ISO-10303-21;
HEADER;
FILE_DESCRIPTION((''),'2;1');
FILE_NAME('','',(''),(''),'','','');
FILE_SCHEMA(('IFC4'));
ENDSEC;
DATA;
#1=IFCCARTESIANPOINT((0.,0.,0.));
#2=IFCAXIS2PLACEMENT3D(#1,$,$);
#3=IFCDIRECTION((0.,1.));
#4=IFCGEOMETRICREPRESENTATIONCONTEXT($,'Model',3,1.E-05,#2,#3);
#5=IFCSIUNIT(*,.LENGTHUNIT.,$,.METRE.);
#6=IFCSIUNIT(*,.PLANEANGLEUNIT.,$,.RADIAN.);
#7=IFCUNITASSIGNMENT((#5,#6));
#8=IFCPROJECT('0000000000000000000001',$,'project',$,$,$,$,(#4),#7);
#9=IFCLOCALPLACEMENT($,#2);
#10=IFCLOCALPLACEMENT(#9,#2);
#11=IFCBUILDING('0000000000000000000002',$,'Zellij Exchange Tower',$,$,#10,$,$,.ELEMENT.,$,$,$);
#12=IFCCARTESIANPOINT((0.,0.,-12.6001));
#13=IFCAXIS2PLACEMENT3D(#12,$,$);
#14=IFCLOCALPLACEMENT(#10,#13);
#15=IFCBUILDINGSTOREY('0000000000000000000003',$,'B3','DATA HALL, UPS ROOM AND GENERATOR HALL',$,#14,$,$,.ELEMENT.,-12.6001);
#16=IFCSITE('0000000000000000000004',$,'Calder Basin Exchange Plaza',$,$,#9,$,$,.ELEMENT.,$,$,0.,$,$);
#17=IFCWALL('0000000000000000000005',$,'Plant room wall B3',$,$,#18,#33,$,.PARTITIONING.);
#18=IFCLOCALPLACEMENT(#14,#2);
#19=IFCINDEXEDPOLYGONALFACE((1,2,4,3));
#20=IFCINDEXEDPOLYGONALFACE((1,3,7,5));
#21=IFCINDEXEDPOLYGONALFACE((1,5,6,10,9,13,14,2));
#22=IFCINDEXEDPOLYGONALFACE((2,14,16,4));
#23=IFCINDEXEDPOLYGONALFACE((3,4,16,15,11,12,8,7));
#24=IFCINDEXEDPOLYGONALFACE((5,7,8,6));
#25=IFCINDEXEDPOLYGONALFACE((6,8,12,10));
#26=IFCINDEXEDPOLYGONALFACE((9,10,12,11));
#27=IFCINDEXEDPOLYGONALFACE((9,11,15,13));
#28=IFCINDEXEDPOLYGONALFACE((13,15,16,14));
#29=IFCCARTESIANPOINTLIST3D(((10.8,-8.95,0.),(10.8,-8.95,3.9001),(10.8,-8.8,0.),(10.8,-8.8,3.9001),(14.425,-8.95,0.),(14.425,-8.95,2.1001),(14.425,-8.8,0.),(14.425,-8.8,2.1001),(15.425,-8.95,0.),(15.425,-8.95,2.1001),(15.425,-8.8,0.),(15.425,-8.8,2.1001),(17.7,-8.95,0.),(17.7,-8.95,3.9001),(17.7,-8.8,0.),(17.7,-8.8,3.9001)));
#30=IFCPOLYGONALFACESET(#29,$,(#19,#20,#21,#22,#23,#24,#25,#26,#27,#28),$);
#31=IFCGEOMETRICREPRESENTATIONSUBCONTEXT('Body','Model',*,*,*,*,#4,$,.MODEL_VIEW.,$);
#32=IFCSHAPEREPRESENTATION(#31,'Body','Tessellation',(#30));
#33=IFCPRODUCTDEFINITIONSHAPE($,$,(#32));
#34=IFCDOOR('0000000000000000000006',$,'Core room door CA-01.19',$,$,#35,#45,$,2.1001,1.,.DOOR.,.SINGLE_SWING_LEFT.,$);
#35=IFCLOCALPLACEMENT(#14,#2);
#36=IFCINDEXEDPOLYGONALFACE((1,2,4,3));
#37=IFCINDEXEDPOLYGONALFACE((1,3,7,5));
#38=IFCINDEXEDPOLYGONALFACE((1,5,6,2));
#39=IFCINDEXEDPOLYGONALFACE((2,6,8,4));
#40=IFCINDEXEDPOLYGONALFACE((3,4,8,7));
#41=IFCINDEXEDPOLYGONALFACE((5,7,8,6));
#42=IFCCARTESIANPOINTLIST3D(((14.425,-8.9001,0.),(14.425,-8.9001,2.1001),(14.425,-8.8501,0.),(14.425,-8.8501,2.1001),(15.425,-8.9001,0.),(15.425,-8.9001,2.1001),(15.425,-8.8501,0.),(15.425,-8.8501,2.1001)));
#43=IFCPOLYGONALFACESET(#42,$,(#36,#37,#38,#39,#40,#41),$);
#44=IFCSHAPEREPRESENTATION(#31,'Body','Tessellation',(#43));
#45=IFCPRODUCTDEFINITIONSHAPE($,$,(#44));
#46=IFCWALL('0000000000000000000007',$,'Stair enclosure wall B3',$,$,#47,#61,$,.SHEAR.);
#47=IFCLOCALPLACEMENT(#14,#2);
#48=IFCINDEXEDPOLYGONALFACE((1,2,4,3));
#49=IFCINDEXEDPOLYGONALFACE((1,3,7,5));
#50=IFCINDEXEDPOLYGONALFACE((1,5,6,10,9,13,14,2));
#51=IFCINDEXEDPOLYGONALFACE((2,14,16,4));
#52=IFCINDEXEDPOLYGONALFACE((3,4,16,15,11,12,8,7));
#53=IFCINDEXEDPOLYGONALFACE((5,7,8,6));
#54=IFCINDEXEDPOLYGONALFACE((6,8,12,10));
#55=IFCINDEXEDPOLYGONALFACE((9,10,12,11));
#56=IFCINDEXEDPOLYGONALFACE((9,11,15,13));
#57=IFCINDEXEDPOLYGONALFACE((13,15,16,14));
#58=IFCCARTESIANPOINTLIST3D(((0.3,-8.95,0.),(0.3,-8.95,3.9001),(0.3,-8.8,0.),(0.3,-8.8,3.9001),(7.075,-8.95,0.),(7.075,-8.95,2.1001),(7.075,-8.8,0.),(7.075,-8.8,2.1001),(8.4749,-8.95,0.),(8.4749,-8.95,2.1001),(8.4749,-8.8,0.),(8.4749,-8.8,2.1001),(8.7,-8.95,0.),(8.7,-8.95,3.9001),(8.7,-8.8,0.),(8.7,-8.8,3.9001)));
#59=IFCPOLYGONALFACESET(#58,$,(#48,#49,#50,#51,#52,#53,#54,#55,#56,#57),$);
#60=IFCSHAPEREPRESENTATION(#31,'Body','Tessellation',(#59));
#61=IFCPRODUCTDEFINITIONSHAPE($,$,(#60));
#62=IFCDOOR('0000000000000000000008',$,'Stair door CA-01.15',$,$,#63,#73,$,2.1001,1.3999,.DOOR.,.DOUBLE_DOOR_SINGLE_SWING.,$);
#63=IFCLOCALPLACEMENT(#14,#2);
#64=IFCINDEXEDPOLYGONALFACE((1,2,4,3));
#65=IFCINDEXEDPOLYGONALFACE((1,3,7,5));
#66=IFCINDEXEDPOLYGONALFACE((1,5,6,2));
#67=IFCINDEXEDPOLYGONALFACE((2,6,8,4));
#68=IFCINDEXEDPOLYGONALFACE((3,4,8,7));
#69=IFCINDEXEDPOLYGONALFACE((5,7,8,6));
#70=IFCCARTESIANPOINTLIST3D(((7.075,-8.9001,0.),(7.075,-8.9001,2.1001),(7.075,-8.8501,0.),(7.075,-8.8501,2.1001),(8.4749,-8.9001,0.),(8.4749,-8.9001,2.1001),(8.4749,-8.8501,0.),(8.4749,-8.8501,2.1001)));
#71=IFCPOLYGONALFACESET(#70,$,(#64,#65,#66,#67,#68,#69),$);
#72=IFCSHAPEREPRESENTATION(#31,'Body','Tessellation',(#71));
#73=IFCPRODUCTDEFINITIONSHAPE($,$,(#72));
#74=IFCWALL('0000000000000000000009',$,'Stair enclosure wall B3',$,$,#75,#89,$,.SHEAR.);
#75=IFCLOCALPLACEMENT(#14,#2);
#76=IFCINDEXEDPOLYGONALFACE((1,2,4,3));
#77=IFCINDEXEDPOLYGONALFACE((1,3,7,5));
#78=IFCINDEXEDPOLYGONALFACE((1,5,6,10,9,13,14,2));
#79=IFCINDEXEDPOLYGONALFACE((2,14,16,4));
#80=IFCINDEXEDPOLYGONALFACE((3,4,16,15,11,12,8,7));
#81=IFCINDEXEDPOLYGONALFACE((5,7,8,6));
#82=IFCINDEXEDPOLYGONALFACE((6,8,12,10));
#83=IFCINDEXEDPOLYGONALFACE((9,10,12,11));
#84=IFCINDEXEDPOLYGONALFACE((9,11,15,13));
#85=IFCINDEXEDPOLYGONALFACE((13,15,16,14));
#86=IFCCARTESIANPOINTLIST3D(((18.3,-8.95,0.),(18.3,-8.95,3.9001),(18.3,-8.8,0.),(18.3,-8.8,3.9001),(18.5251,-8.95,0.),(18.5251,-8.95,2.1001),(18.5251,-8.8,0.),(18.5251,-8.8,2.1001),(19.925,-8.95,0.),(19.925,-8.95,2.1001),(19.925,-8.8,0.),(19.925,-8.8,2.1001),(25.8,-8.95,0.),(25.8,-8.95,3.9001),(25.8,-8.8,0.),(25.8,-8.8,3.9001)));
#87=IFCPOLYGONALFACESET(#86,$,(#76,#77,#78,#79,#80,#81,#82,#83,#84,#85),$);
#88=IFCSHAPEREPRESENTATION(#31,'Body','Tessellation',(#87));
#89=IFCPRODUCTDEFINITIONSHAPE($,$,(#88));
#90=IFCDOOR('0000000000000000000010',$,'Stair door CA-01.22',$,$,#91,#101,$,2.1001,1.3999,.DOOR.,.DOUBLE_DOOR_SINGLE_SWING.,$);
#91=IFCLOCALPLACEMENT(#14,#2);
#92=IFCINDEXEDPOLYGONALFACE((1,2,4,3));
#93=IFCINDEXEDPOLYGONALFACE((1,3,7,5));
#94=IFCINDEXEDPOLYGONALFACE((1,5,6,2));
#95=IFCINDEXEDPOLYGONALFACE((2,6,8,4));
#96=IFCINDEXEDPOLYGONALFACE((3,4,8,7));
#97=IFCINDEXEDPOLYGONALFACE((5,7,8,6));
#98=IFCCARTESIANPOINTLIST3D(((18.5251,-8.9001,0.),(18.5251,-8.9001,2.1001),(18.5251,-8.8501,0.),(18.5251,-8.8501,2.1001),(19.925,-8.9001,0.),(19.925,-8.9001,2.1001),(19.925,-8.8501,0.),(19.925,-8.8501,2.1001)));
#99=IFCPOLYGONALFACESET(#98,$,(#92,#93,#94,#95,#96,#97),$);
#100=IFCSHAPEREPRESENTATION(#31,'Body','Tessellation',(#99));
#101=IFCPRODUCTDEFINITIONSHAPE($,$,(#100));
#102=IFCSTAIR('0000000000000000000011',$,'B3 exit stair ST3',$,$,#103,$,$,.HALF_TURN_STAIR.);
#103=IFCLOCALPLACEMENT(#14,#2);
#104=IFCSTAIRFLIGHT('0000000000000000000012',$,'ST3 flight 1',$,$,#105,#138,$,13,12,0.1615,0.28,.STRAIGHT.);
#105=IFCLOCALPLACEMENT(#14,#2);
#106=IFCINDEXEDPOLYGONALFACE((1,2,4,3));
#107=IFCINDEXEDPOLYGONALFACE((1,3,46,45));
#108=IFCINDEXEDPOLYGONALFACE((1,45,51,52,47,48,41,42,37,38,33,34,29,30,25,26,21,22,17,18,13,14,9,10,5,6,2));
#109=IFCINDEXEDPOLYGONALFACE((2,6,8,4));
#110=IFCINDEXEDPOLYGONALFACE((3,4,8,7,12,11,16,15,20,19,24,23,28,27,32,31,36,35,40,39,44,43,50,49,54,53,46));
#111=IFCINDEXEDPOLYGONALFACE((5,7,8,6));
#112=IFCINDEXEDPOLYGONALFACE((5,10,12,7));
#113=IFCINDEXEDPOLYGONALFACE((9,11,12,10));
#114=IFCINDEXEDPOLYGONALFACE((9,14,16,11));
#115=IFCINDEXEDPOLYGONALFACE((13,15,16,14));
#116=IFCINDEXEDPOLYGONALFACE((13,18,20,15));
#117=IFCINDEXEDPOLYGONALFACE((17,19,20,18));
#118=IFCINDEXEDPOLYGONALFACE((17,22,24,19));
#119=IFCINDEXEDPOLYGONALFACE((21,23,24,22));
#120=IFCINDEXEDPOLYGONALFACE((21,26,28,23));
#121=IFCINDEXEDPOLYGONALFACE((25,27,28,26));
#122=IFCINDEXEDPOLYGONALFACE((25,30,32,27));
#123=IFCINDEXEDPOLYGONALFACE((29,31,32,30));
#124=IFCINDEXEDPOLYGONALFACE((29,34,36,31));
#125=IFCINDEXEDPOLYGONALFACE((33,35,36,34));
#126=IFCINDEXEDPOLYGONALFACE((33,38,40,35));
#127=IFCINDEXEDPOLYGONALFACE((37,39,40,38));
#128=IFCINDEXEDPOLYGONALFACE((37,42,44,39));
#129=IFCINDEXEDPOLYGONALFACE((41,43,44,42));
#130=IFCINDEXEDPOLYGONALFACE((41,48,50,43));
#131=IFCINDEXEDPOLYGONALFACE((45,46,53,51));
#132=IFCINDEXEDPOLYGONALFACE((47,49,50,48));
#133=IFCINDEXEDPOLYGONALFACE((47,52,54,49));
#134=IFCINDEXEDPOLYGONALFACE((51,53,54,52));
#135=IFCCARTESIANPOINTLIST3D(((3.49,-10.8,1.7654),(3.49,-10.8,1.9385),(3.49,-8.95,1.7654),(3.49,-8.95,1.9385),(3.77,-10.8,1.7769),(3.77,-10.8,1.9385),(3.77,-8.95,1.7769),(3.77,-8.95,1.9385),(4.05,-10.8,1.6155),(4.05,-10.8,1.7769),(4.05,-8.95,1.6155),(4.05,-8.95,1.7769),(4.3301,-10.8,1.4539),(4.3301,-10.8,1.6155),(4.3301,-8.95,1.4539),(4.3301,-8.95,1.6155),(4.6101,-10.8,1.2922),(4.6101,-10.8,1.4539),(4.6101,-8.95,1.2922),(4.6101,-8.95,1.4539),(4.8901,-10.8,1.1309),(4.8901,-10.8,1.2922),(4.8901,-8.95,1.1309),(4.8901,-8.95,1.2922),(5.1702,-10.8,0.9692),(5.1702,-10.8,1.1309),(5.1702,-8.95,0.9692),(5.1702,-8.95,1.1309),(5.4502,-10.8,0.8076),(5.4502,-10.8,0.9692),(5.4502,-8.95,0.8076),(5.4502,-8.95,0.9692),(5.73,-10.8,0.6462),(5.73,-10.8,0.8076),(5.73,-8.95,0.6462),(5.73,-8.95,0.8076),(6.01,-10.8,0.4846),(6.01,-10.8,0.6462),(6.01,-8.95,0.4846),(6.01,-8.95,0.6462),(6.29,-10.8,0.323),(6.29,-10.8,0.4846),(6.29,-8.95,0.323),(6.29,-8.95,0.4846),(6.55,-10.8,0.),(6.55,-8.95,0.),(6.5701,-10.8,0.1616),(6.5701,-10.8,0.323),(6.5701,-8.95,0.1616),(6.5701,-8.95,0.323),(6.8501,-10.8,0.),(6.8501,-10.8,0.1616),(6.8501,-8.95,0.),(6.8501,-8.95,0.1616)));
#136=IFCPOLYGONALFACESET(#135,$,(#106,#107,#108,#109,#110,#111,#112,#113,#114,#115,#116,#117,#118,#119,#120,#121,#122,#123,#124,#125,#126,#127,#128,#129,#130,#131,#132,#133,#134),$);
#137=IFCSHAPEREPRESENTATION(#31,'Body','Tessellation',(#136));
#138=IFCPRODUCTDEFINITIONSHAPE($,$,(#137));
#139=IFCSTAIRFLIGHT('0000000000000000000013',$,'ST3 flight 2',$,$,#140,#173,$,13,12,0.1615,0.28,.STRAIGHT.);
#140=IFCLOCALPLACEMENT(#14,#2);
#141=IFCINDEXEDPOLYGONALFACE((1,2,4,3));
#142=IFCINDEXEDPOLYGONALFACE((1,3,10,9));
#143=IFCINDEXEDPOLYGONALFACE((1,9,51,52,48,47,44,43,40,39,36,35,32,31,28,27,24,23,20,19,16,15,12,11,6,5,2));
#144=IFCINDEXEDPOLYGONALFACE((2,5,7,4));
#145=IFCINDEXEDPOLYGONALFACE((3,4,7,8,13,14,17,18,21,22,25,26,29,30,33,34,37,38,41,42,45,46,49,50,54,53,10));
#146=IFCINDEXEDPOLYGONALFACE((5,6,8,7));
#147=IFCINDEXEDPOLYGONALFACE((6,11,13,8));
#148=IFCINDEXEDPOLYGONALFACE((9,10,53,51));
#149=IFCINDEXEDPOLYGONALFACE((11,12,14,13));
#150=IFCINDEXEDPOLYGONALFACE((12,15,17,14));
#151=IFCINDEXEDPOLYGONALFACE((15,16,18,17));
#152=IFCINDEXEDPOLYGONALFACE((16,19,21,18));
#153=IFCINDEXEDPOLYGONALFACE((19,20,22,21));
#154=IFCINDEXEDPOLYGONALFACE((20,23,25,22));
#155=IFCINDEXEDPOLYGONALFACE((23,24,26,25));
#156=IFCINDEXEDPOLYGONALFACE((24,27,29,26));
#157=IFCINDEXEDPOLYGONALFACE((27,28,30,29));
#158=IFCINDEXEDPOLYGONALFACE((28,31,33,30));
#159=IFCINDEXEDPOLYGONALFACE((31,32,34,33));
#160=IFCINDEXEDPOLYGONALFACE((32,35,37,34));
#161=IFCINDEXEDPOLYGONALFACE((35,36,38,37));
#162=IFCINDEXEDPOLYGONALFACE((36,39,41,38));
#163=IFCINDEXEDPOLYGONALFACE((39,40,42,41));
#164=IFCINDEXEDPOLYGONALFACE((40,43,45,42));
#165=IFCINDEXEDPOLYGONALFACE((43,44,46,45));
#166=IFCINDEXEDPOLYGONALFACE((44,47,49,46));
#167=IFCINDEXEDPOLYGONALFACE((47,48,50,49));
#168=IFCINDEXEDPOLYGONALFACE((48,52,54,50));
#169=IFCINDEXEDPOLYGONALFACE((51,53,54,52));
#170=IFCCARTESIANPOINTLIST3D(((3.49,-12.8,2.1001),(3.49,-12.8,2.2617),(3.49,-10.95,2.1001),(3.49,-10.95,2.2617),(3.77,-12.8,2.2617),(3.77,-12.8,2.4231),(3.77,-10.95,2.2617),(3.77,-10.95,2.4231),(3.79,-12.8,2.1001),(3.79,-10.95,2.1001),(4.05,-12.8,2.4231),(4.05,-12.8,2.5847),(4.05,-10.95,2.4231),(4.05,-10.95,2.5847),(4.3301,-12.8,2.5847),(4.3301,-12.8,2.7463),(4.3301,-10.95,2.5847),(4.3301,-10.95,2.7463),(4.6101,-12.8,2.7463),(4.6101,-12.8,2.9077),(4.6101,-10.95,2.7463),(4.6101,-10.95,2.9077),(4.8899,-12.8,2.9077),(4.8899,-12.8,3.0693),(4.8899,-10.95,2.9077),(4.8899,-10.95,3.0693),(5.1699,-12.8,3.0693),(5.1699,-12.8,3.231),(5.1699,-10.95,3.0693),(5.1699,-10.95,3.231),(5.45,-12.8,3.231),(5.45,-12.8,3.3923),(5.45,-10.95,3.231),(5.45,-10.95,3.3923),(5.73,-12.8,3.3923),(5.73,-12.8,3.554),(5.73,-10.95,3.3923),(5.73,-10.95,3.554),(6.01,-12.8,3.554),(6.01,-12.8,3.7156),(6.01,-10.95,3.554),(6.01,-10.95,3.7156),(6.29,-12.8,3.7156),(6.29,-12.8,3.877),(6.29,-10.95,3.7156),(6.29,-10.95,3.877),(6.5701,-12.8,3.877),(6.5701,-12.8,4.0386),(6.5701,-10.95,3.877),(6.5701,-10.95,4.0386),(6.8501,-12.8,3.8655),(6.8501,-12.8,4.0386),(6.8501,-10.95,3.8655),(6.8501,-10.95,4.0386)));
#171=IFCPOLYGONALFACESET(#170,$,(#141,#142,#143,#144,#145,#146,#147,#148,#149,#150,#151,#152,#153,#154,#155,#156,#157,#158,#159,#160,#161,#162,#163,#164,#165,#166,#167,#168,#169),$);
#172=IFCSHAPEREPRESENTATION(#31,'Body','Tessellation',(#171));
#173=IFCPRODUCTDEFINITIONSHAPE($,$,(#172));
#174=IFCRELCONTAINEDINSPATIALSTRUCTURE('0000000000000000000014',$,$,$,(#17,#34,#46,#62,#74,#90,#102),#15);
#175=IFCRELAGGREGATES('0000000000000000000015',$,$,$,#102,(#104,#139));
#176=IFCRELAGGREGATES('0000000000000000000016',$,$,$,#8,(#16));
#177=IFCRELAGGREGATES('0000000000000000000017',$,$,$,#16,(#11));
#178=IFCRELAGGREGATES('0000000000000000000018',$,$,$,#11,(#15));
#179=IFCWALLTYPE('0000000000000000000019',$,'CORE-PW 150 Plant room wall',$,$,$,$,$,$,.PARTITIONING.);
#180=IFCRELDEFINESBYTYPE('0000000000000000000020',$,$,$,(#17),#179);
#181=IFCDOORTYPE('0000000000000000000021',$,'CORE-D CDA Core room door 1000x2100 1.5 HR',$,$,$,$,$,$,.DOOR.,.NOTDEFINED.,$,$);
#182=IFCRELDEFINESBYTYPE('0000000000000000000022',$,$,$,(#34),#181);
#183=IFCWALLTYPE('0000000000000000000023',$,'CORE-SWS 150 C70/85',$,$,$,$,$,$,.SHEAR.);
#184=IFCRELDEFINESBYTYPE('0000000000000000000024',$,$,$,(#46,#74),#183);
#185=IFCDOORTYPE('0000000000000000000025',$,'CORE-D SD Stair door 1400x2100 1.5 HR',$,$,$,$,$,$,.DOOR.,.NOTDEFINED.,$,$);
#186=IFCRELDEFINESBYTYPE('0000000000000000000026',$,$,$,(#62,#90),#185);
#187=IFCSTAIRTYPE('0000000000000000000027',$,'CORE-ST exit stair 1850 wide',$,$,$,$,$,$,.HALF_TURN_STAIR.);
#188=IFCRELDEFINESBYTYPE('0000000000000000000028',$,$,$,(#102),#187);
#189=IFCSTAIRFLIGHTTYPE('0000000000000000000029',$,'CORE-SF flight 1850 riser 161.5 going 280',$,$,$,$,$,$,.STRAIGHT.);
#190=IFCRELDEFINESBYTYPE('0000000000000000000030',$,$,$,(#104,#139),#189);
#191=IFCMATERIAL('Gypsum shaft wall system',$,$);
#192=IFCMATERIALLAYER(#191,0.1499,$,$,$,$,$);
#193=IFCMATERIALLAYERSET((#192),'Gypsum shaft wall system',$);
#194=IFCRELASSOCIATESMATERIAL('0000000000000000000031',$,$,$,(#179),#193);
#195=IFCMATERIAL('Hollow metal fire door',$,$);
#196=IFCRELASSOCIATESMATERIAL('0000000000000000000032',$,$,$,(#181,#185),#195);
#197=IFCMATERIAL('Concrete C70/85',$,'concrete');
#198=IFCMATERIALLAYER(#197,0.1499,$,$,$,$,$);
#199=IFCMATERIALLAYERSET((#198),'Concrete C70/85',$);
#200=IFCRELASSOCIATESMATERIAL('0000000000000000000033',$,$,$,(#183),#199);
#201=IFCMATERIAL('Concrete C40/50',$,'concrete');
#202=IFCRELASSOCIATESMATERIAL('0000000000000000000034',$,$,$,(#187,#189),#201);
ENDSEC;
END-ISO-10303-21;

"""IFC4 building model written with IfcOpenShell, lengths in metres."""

from ifc_helpers import new_model, si_unit, direction, frame, frame_2d, origin, place, context, subcontext, project, spatial, polyline, rectangle, outline, extrude, material, layer, layer_set, type_object, element, fill, aggregate, save


model = new_model("IFC4")

# Units and contexts
model_context = context("Model", 3, precision=1e-05, world=origin(), true_north=direction((0.0, 1.0)))
body_context = subcontext(model_context, "Body", "Model", "MODEL_VIEW")
ifc_project = project(units=[si_unit("LENGTHUNIT", "METRE"), si_unit("PLANEANGLEUNIT", "RADIAN")], contexts=[model_context])

# Site, building, storey
site_placement = place(None, origin())
site = spatial("IfcSite", under=ifc_project, at=site_placement, Name="Calder Basin Exchange Plaza", CompositionType="ELEMENT", RefElevation=0.0)
building_placement = place(site_placement, origin())
building = spatial("IfcBuilding", under=site, at=building_placement, Name="Zellij Exchange Tower", CompositionType="ELEMENT")
storey_placement = place(building_placement, frame((0.0, 0.0, -12.6001)))
storey = spatial("IfcBuildingStorey", under=building, at=storey_placement, Name="B3", Description="DATA HALL, UPS ROOM AND GENERATOR HALL", CompositionType="ELEMENT", Elevation=-12.6001)

# Shared definitions
ifc_material_1 = material(Name="Concrete C40/50", Category="concrete")

# Shared definitions
ifc_material_2 = material(Name="Concrete C70/85", Category="concrete")

# Shared definitions
ifc_material_3 = material(Name="Gypsum shaft wall system")
ifc_material_4 = material(Name="Hollow metal fire door")

# Shared definitions
ifc_layer_1 = layer(ifc_material_3, 0.1499)
ifc_layer_set_1 = layer_set([ifc_layer_1], Name="Gypsum shaft wall system")
wall_type_1 = type_object("IfcWallType", Name="CORE-PW 150 Plant room wall", PredefinedType="PARTITIONING", material=ifc_layer_set_1)

# Shared definitions
door_type_1 = type_object("IfcDoorType", Name="CORE-D CDA Core room door 1000x2100 1.5 HR", OperationType="NOTDEFINED", PredefinedType="DOOR", material=ifc_material_4)

# Walls, openings, doors
wall_1_placement = place(storey_placement, frame((10.8, -8.875, 0.0), z_axis=(0.0, 0.0, 1.0), x_axis=(1.0, 0.0, 0.0)))
wall_1 = element("IfcWall", 1, at=wall_1_placement, inside=storey, type_object=wall_type_1, Name="Plant room wall B3", PredefinedType="PARTITIONING", context=body_context, shape_type="SweptSolid", body=[
    extrude(rectangle(XDim=6.8999, YDim=0.1499, at=frame_2d((3.45, 0.0))), origin(), (0.0, 0.0, 1.0), 3.9001),
])
opening_1_placement = place(wall_1_placement, frame((3.625, 0.0, 0.0)))
opening_1 = element("IfcOpeningElement", 2, at=opening_1_placement, cuts=wall_1, PredefinedType="OPENING", context=body_context, shape_type="SweptSolid", body=[
    extrude(rectangle(XDim=1.0, YDim=2.1001, at=frame_2d((0.5, 1.05))), frame((0.0, 0.0869, 0.0), z_axis=(0.0, -1.0, 0.0), x_axis=(1.0, 0.0, 0.0)), (0.0, 0.0, 1.0), 0.1738),
])
door_1_placement = place(opening_1_placement, origin())
door_1 = element("IfcDoor", 3, at=door_1_placement, inside=storey, type_object=door_type_1, Name="Core room door CA-01.19", OperationType="SINGLE_SWING_LEFT", OverallHeight=2.1001, OverallWidth=1.0, PredefinedType="DOOR", context=body_context, shape_type="SweptSolid", body=[
    extrude(rectangle(XDim=1.0, YDim=2.1001, at=frame_2d((0.5, 1.05))), frame((0.0, 0.0249, 0.0), z_axis=(0.0, -1.0, 0.0), x_axis=(1.0, 0.0, 0.0)), (0.0, 0.0, 1.0), 0.05),
])
fill(opening_1, door_1)
ifc_layer_2 = layer(ifc_material_2, 0.1499)
ifc_layer_set_2 = layer_set([ifc_layer_2], Name="Concrete C70/85")
wall_type_2 = type_object("IfcWallType", Name="CORE-SWS 150 C70/85", PredefinedType="SHEAR", material=ifc_layer_set_2)
wall_2_placement = place(storey_placement, frame((0.3, -8.875, 0.0), z_axis=(0.0, 0.0, 1.0), x_axis=(1.0, 0.0, 0.0)))
wall_2 = element("IfcWall", 4, at=wall_2_placement, inside=storey, type_object=wall_type_2, Name="Stair enclosure wall B3", PredefinedType="SHEAR", context=body_context, shape_type="SweptSolid", body=[
    extrude(rectangle(XDim=8.3999, YDim=0.1499, at=frame_2d((4.2, 0.0))), origin(), (0.0, 0.0, 1.0), 3.9001),
])
opening_2_placement = place(wall_2_placement, frame((6.7749, 0.0, 0.0)))
opening_2 = element("IfcOpeningElement", 5, at=opening_2_placement, cuts=wall_2, PredefinedType="OPENING", context=body_context, shape_type="SweptSolid", body=[
    extrude(rectangle(XDim=1.3999, YDim=2.1001, at=frame_2d((0.7, 1.05))), frame((0.0, 0.0869, 0.0), z_axis=(0.0, -1.0, 0.0), x_axis=(1.0, 0.0, 0.0)), (0.0, 0.0, 1.0), 0.1738),
])
door_type_2 = type_object("IfcDoorType", Name="CORE-D SD Stair door 1400x2100 1.5 HR", OperationType="NOTDEFINED", PredefinedType="DOOR", material=ifc_material_4)
door_2_placement = place(opening_2_placement, origin())
door_2 = element("IfcDoor", 6, at=door_2_placement, inside=storey, type_object=door_type_2, Name="Stair door CA-01.15", OperationType="DOUBLE_DOOR_SINGLE_SWING", OverallHeight=2.1001, OverallWidth=1.3999, PredefinedType="DOOR", context=body_context, shape_type="SweptSolid", body=[
    extrude(rectangle(XDim=1.3999, YDim=2.1001, at=frame_2d((0.7, 1.05))), frame((0.0, 0.0249, 0.0), z_axis=(0.0, -1.0, 0.0), x_axis=(1.0, 0.0, 0.0)), (0.0, 0.0, 1.0), 0.05),
])
fill(opening_2, door_2)
wall_3_placement = place(storey_placement, frame((18.3, -8.875, 0.0), z_axis=(0.0, 0.0, 1.0), x_axis=(1.0, 0.0, 0.0)))
wall_3 = element("IfcWall", 7, at=wall_3_placement, inside=storey, type_object=wall_type_2, Name="Stair enclosure wall B3", PredefinedType="SHEAR", context=body_context, shape_type="SweptSolid", body=[
    extrude(rectangle(XDim=7.5, YDim=0.1499, at=frame_2d((3.75, 0.0))), origin(), (0.0, 0.0, 1.0), 3.9001),
])
opening_3_placement = place(wall_3_placement, frame((0.2251, 0.0, 0.0)))
opening_3 = element("IfcOpeningElement", 8, at=opening_3_placement, cuts=wall_3, PredefinedType="OPENING", context=body_context, shape_type="SweptSolid", body=[
    extrude(rectangle(XDim=1.3999, YDim=2.1001, at=frame_2d((0.7, 1.05))), frame((0.0, 0.0869, 0.0), z_axis=(0.0, -1.0, 0.0), x_axis=(1.0, 0.0, 0.0)), (0.0, 0.0, 1.0), 0.1738),
])
door_3_placement = place(opening_3_placement, origin())
door_3 = element("IfcDoor", 9, at=door_3_placement, inside=storey, type_object=door_type_2, Name="Stair door CA-01.22", OperationType="DOUBLE_DOOR_SINGLE_SWING", OverallHeight=2.1001, OverallWidth=1.3999, PredefinedType="DOOR", context=body_context, shape_type="SweptSolid", body=[
    extrude(rectangle(XDim=1.3999, YDim=2.1001, at=frame_2d((0.7, 1.05))), frame((0.0, 0.0249, 0.0), z_axis=(0.0, -1.0, 0.0), x_axis=(1.0, 0.0, 0.0)), (0.0, 0.0, 1.0), 0.05),
])
fill(opening_3, door_3)

# Stair, stair flights
stair_type = type_object("IfcStairType", Name="CORE-ST exit stair 1850 wide", PredefinedType="HALF_TURN_STAIR", material=ifc_material_1)
stair_placement = place(storey_placement, origin())
stair = element("IfcStair", 10, at=stair_placement, inside=storey, type_object=stair_type, Name="B3 exit stair ST3", PredefinedType="HALF_TURN_STAIR")
stair_flight_type = type_object("IfcStairFlightType", Name="CORE-SF flight 1850 riser 161.5 going 280", PredefinedType="STRAIGHT", material=ifc_material_1)
stair_flight_1_placement = place(storey_placement, frame((6.8501, -9.875, 0.0), z_axis=(0.0, 0.0, 1.0), x_axis=(-1.0, 0.0, 0.0)))
stair_flight_1 = element("IfcStairFlight", 11, at=stair_flight_1_placement, type_object=stair_flight_type, Name="ST3 flight 1", NumberOfRisers=13, NumberOfTreads=12, PredefinedType="STRAIGHT", RiserHeight=0.1615, TreadLength=0.28, context=body_context, shape_type="SweptSolid", body=[
    extrude(outline(polyline([(0.0, 0.0), (0.0, 0.1616), (0.28, 0.1616), (0.28, 0.323), (0.5601, 0.323), (0.5601, 0.4846), (0.8401, 0.4846), (0.8401, 0.6462), (1.1201, 0.6462), (1.1201, 0.8076), (1.3999, 0.8076), (1.3999, 0.9692), (1.6799, 0.9692), (1.6799, 1.1309), (1.96, 1.1309), (1.96, 1.2922), (2.24, 1.2922), (2.24, 1.4539), (2.52, 1.4539), (2.52, 1.6155), (2.8, 1.6155), (2.8, 1.7769), (3.0801, 1.7769), (3.0801, 1.9385), (3.3601, 1.9385), (3.3601, 2.1001), (3.3601, 1.7654), (0.3, 0.0), (0.0, 0.0)])), frame((0.0, 0.925, 0.0), z_axis=(0.0, -1.0, 0.0), x_axis=(1.0, 0.0, 0.0)), (0.0, 0.0, 1.0), 1.8501),
])
stair_flight_2_placement = place(storey_placement, frame((3.49, -11.875, 2.1001), z_axis=(0.0, 0.0, 1.0), x_axis=(1.0, 0.0, 0.0)))
stair_flight_2 = element("IfcStairFlight", 12, at=stair_flight_2_placement, type_object=stair_flight_type, Name="ST3 flight 2", NumberOfRisers=13, NumberOfTreads=12, PredefinedType="STRAIGHT", RiserHeight=0.1615, TreadLength=0.28, context=body_context, shape_type="SweptSolid", body=[
    extrude(outline(polyline([(0.0, 0.0), (0.0, 0.1616), (0.28, 0.1616), (0.28, 0.323), (0.5601, 0.323), (0.5601, 0.4846), (0.8401, 0.4846), (0.8401, 0.6462), (1.1201, 0.6462), (1.1201, 0.8076), (1.3999, 0.8076), (1.3999, 0.9692), (1.6799, 0.9692), (1.6799, 1.1309), (1.96, 1.1309), (1.96, 1.2922), (2.24, 1.2922), (2.24, 1.4539), (2.52, 1.4539), (2.52, 1.6155), (2.8, 1.6155), (2.8, 1.7769), (3.0801, 1.7769), (3.0801, 1.9385), (3.3601, 1.9385), (3.3601, 2.1001), (3.3601, 1.7654), (0.3, 0.0), (0.0, 0.0)])), frame((0.0, 0.925, 0.0), z_axis=(0.0, -1.0, 0.0), x_axis=(1.0, 0.0, 0.0)), (0.0, 0.0, 1.0), 1.8501),
])
aggregate(stair, [stair_flight_1, stair_flight_2])

save(model, "model.ifc")
